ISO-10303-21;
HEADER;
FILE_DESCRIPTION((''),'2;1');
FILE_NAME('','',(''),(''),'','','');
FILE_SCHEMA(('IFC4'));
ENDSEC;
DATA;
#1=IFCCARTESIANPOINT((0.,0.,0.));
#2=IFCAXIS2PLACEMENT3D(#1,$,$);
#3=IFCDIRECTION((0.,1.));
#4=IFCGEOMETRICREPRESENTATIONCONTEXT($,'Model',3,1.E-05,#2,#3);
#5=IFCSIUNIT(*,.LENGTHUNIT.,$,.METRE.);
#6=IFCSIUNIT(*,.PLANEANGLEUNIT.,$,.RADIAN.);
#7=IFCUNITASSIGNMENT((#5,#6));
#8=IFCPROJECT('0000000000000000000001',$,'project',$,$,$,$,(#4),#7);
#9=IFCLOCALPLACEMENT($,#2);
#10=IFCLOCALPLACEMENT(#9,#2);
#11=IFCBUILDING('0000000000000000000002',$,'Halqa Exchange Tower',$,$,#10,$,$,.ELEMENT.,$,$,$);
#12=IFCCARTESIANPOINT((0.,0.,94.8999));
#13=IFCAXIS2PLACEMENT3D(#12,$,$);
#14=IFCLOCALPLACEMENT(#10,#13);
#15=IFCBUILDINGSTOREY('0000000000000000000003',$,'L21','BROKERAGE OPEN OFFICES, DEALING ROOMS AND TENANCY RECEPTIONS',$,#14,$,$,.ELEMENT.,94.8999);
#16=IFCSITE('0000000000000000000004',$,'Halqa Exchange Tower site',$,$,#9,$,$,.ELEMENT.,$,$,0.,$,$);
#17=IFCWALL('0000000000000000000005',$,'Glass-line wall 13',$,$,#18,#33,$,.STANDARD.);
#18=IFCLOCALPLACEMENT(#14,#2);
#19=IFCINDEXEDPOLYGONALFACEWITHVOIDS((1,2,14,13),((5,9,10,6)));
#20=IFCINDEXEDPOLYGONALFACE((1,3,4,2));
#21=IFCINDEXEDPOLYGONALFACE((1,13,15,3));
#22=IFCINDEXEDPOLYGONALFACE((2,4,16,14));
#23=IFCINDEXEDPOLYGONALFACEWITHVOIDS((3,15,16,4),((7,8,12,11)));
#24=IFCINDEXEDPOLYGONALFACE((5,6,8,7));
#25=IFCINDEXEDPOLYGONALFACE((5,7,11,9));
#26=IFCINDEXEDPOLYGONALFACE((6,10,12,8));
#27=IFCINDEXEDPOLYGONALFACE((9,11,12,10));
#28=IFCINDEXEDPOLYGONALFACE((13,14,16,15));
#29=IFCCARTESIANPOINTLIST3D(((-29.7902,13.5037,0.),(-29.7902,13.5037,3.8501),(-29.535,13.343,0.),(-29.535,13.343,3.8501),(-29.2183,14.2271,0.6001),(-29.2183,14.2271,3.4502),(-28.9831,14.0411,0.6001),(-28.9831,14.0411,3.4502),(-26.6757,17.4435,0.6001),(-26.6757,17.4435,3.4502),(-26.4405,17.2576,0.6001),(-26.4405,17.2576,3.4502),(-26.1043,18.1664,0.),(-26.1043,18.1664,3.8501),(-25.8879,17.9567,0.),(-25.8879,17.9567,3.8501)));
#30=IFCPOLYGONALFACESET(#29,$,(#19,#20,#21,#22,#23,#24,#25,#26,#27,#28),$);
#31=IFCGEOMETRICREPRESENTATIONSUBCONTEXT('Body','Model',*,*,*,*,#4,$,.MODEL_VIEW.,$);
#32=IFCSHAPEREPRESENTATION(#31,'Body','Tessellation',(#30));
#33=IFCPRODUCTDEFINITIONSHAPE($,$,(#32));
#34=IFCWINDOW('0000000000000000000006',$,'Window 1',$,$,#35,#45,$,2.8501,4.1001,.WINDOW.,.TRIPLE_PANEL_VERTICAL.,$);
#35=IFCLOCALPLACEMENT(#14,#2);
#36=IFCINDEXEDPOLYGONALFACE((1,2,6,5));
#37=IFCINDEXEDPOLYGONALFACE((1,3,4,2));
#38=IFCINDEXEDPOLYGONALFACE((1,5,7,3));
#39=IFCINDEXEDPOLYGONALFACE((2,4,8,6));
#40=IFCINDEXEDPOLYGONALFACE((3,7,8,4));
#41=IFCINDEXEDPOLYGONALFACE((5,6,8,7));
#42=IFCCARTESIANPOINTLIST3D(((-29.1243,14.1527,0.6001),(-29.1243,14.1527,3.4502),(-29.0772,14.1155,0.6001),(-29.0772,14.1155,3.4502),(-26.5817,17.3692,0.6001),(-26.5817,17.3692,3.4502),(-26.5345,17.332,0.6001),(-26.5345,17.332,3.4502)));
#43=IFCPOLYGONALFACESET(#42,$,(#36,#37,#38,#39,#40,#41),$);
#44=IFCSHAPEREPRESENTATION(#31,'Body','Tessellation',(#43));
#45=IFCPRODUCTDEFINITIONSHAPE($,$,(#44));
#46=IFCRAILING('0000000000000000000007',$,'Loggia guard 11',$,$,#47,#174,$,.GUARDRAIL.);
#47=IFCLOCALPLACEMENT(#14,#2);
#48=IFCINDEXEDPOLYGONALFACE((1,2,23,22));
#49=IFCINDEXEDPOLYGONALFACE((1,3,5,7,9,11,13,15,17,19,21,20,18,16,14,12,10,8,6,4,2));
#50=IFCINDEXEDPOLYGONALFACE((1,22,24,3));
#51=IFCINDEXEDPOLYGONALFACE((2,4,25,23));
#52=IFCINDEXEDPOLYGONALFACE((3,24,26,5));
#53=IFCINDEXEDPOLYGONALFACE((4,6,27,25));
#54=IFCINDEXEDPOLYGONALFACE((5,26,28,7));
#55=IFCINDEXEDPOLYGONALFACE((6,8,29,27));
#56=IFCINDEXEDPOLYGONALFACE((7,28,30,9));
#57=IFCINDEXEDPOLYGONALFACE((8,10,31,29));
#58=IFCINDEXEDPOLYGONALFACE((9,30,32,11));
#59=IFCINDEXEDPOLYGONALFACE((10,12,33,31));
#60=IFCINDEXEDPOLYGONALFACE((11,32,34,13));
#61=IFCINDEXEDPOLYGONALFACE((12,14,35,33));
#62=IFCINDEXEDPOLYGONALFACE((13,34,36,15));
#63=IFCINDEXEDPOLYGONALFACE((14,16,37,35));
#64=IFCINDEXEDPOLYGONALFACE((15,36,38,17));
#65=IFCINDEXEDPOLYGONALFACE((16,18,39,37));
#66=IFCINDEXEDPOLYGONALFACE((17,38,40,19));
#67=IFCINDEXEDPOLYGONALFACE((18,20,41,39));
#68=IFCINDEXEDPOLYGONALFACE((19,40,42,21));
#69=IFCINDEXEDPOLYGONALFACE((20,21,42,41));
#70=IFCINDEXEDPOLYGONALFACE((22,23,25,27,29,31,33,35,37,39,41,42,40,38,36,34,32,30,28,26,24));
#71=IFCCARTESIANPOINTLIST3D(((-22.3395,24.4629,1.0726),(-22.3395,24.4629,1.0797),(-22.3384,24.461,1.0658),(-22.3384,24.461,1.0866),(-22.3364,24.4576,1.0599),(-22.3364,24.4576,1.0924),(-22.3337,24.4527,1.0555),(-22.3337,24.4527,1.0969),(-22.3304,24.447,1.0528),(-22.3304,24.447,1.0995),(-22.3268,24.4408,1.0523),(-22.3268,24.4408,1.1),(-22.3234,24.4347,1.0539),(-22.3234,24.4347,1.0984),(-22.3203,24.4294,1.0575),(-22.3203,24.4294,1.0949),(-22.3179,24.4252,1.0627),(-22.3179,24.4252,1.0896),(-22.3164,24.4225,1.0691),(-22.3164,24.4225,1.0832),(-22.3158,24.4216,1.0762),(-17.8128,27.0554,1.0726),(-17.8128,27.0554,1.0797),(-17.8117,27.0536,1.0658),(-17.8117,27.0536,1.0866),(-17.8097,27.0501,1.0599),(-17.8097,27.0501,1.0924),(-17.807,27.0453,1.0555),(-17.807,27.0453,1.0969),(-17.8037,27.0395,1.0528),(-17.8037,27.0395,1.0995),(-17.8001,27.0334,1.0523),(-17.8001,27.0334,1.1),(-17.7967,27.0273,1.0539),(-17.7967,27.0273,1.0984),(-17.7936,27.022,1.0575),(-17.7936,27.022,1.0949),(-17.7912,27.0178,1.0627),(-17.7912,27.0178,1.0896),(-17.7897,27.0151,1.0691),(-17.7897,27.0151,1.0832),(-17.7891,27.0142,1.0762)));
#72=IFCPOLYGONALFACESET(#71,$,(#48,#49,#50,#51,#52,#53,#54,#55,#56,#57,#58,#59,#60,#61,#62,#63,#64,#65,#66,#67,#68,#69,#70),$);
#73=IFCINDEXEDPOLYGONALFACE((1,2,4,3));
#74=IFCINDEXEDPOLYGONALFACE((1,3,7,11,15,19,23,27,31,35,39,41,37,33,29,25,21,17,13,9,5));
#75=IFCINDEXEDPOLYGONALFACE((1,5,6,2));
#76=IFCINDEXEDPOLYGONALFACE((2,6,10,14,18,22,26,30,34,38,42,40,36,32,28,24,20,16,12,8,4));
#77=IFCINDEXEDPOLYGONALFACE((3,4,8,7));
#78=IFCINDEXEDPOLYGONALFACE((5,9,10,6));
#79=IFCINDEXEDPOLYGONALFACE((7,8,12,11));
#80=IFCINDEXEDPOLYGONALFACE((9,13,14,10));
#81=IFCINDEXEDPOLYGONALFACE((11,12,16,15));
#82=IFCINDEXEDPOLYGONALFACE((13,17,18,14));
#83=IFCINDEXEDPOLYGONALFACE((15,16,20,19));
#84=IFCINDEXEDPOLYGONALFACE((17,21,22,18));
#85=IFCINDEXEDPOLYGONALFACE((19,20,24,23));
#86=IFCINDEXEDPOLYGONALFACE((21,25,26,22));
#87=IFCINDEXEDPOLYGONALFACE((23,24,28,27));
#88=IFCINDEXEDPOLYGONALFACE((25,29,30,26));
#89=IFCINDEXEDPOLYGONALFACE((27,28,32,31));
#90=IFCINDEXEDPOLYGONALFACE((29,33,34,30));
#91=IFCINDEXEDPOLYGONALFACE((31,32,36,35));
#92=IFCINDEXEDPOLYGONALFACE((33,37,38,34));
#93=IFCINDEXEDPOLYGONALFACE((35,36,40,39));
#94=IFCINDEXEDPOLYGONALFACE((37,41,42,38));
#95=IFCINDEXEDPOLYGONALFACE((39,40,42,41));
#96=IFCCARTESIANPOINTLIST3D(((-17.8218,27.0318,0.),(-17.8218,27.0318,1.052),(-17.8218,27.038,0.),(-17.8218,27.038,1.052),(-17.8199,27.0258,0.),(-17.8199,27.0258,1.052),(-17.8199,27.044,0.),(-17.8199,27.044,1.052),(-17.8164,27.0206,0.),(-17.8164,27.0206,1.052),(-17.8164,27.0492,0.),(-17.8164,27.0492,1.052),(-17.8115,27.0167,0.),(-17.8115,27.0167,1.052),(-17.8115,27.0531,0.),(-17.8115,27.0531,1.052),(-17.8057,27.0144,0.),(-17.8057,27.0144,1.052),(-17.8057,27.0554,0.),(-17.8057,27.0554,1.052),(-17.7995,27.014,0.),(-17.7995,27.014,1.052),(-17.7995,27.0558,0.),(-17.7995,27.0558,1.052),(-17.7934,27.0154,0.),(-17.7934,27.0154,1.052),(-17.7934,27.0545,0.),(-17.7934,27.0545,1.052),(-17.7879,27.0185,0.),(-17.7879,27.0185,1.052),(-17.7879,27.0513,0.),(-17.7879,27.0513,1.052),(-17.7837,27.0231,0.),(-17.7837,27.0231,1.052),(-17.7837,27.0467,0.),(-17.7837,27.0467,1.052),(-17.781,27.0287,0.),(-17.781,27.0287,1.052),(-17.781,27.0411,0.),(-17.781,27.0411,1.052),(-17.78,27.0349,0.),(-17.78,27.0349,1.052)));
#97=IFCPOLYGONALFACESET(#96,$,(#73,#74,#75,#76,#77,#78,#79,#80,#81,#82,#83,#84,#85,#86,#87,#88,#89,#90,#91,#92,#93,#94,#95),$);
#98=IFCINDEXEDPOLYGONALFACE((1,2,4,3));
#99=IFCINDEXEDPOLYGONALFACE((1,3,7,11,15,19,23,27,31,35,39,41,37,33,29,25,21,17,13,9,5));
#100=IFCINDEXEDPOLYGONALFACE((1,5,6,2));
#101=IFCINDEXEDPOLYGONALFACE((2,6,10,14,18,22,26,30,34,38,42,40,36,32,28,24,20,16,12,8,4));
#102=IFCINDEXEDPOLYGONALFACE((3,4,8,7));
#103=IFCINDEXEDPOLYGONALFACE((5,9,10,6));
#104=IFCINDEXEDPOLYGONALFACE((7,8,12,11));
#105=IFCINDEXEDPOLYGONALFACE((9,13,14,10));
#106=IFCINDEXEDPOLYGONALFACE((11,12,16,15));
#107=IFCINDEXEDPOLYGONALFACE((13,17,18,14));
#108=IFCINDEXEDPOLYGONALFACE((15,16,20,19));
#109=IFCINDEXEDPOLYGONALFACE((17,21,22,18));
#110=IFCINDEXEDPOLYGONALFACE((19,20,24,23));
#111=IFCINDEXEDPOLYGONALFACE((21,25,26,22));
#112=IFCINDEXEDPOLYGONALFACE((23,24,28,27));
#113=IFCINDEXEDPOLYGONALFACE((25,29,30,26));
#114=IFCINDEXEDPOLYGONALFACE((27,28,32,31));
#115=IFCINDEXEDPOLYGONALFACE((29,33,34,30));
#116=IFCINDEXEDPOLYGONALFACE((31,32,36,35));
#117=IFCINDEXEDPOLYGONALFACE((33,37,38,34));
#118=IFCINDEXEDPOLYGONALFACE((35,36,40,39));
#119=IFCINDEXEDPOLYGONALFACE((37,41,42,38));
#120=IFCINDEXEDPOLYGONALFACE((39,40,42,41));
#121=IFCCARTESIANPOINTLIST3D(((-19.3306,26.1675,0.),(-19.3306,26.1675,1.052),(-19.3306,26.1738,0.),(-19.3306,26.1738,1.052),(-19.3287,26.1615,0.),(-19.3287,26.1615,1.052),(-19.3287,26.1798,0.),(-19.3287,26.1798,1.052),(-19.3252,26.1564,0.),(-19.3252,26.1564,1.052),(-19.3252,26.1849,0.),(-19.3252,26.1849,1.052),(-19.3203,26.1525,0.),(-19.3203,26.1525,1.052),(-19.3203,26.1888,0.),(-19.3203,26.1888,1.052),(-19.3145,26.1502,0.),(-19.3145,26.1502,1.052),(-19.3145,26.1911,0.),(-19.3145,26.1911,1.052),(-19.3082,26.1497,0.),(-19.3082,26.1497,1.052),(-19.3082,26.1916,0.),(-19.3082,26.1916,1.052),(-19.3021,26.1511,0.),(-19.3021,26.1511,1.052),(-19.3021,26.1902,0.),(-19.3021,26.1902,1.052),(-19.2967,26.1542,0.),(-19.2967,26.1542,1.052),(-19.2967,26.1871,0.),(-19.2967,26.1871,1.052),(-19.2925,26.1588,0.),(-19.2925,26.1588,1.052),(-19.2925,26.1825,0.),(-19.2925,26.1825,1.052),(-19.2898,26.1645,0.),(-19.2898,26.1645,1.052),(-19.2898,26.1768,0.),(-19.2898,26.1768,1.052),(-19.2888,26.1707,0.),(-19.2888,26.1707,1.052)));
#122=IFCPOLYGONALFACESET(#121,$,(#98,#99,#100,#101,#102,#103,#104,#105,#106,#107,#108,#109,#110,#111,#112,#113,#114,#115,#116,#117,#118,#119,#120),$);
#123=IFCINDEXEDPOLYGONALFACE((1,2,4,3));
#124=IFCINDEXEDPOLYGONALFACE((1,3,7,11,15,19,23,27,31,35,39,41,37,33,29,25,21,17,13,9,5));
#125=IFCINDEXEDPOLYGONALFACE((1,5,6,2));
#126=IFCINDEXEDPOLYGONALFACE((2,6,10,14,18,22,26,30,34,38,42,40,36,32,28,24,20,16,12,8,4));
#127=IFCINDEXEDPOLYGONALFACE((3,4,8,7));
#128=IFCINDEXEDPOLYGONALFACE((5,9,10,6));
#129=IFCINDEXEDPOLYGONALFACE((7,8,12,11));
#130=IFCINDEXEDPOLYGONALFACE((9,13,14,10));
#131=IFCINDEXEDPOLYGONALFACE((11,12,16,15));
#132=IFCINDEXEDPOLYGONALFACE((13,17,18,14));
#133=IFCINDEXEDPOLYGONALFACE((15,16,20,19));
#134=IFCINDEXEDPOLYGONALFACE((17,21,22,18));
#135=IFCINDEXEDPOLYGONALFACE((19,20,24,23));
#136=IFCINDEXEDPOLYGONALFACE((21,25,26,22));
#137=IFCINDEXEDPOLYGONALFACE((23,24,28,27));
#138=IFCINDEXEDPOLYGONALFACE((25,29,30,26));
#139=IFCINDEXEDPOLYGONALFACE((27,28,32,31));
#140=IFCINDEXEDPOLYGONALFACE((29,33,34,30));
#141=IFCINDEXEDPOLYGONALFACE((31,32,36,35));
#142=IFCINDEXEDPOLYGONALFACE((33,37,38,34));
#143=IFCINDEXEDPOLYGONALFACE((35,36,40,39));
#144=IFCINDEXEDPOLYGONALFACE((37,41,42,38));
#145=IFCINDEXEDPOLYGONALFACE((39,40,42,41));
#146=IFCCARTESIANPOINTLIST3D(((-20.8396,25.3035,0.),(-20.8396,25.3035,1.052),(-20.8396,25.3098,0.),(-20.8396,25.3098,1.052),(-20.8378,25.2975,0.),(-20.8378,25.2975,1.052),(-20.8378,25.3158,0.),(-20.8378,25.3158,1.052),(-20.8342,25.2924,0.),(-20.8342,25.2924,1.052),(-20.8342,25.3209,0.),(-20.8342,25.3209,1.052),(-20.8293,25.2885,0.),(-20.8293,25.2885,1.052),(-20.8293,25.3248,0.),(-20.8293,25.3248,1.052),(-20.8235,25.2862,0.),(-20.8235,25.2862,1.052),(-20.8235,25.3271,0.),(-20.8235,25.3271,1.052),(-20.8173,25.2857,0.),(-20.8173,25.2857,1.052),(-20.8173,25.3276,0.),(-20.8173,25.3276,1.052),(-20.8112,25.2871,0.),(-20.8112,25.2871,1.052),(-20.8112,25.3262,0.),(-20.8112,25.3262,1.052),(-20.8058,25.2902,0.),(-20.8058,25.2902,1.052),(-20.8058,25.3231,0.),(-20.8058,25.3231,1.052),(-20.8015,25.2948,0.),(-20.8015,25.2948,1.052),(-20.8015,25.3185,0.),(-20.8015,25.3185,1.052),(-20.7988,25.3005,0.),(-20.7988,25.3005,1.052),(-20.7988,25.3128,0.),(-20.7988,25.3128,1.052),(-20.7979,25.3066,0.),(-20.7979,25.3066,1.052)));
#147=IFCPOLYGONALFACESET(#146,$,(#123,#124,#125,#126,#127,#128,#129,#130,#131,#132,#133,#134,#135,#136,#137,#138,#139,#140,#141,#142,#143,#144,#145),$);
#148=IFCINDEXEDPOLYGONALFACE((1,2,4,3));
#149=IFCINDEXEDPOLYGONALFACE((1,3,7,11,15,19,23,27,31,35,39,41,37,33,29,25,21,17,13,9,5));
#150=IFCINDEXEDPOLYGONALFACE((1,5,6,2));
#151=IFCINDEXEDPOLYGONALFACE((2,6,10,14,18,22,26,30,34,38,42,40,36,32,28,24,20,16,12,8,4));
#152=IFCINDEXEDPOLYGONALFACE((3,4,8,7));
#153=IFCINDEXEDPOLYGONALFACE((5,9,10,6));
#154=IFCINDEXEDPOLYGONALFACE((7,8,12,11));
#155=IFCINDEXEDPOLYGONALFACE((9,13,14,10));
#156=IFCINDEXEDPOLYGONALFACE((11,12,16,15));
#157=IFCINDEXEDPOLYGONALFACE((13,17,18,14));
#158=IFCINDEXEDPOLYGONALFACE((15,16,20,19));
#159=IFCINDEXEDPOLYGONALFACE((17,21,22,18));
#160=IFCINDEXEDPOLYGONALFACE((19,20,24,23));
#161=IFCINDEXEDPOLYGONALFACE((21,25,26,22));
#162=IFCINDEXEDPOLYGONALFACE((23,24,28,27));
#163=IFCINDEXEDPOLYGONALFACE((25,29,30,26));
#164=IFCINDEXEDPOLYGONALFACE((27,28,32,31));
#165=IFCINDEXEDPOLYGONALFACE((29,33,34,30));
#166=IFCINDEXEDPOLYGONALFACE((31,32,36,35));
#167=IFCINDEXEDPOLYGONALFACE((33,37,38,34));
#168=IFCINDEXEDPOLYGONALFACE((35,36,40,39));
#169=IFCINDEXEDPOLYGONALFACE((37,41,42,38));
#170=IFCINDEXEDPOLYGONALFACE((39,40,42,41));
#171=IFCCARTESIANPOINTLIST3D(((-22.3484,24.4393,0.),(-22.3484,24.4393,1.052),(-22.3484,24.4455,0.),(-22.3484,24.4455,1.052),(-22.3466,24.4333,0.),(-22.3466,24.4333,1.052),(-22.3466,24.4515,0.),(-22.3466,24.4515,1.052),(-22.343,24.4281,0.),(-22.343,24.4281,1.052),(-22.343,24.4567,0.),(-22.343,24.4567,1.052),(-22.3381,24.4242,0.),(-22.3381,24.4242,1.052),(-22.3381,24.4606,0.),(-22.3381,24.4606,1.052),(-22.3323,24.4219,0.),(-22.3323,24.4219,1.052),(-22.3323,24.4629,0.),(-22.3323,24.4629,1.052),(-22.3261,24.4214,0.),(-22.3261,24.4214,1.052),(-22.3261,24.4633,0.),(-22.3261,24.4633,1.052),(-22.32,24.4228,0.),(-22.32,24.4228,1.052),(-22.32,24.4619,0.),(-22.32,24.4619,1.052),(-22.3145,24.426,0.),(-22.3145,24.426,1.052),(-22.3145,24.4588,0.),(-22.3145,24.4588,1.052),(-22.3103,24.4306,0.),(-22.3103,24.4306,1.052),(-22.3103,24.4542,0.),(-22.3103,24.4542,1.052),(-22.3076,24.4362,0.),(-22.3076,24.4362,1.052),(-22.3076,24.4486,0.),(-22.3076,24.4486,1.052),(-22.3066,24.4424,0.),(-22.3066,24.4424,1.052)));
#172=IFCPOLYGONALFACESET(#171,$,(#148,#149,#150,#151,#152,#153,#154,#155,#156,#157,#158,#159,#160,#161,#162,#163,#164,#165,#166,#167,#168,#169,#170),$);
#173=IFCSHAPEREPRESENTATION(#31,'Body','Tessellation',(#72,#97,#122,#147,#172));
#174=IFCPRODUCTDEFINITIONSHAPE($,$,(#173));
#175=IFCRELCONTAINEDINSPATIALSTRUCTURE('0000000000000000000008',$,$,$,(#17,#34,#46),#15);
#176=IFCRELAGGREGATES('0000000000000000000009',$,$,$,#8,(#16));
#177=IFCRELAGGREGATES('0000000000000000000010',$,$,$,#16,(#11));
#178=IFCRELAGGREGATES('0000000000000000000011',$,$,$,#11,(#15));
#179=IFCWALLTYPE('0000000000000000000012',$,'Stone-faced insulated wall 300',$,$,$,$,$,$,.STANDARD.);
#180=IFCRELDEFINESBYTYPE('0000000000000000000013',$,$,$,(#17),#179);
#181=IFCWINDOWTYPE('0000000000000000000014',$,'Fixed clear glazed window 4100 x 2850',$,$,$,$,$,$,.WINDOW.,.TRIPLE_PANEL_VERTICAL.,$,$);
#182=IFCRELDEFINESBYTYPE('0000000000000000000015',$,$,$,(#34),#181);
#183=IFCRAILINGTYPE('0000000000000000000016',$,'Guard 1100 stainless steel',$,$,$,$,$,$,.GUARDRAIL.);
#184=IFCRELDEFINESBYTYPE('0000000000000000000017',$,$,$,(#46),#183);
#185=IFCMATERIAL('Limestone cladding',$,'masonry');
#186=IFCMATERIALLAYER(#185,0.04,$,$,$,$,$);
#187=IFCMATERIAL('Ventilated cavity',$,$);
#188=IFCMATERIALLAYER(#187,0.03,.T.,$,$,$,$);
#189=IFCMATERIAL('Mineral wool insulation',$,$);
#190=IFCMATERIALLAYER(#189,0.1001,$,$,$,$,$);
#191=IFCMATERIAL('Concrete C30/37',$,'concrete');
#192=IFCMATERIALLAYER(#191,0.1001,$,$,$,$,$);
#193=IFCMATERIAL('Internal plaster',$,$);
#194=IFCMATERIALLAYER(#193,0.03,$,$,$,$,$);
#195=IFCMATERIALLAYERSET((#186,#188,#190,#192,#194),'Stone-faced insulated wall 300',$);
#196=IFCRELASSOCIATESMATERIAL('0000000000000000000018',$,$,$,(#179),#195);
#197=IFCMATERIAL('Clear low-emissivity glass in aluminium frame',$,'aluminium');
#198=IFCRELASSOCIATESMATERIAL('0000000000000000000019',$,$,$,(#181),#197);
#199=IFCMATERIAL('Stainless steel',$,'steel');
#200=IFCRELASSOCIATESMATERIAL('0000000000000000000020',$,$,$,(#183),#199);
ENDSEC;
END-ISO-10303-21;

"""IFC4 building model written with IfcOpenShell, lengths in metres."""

from ifc_helpers import new_model, si_unit, direction, frame, frame_2d, origin, origin_2d, place, context, subcontext, project, spatial, polyline, rectangle, circle, outline, extrude, material, layer, layer_set, type_object, element, fill, save


model = new_model("IFC4")

# Units and contexts
model_context = context("Model", 3, precision=1e-05, world=origin(), true_north=direction((0.0, 1.0)))
body_context = subcontext(model_context, "Body", "Model", "MODEL_VIEW")
ifc_project = project(units=[si_unit("LENGTHUNIT", "METRE"), si_unit("PLANEANGLEUNIT", "RADIAN")], contexts=[model_context])

# Site, building, storey
site_placement = place(None, origin())
site = spatial("IfcSite", under=ifc_project, at=site_placement, Name="Halqa Exchange Tower site", CompositionType="ELEMENT", RefElevation=0.0)
building_placement = place(site_placement, origin())
building = spatial("IfcBuilding", under=site, at=building_placement, Name="Halqa Exchange Tower", CompositionType="ELEMENT")
storey_placement = place(building_placement, frame((0.0, 0.0, 94.8999)))
storey = spatial("IfcBuildingStorey", under=building, at=storey_placement, Name="L21", Description="BROKERAGE OPEN OFFICES, DEALING ROOMS AND TENANCY RECEPTIONS", CompositionType="ELEMENT", Elevation=94.8999)

# Shared definitions
ifc_material_1 = material(Name="Limestone cladding", Category="masonry")
ifc_layer_1 = layer(ifc_material_1, 0.04)
ifc_material_2 = material(Name="Ventilated cavity")
ifc_layer_2 = layer(ifc_material_2, 0.03, ventilated=True)
ifc_material_3 = material(Name="Mineral wool insulation")
ifc_layer_3 = layer(ifc_material_3, 0.1001)
ifc_material_4 = material(Name="Concrete C30/37", Category="concrete")
ifc_layer_4 = layer(ifc_material_4, 0.1001)
ifc_material_5 = material(Name="Internal plaster")
ifc_layer_5 = layer(ifc_material_5, 0.03)
ifc_layer_set_1 = layer_set([ifc_layer_1, ifc_layer_2, ifc_layer_3, ifc_layer_4, ifc_layer_5], Name="Stone-faced insulated wall 300")
wall_type_1 = type_object("IfcWallType", Name="Stone-faced insulated wall 300", PredefinedType="STANDARD", material=ifc_layer_set_1)
ifc_material_6 = material(Name="Clear low-emissivity glass in aluminium frame", Category="aluminium")
window_type = type_object("IfcWindowType", Name="Fixed clear glazed window 4100 x 2850", PartitioningType="TRIPLE_PANEL_VERTICAL", PredefinedType="WINDOW", material=ifc_material_6)

# Wall, opening, window
wall_1_placement = place(storey_placement, frame((-25.9961, 18.0615, 0.0), z_axis=(0.0, 0.0, 1.0), x_axis=(-0.620142, -0.784489, 0.0)))
wall_1 = element("IfcWall", 1, at=wall_1_placement, inside=storey, type_object=wall_type_1, Name="Glass-line wall 13", PredefinedType="STANDARD", context=body_context, shape_type="SweptSolid", body=[
    extrude(outline(polyline([(-0.0151, -0.1499), (5.9285, -0.1499), (5.8962, 0.1499), (0.0151, 0.1499), (-0.0151, -0.1499)])), origin(), (0.0, 0.0, 1.0), 3.8501),
])
opening_1_placement = place(wall_1_placement, frame((0.9062, 0.0, 0.6001)))
opening_1 = element("IfcOpeningElement", 2, at=opening_1_placement, cuts=wall_1, PredefinedType="OPENING", context=body_context, shape_type="SweptSolid", body=[
    extrude(rectangle(XDim=4.1001, YDim=2.8501, at=frame_2d((2.05, 1.425))), frame((0.0, 0.1621, 0.0), z_axis=(0.0, -1.0, 0.0), x_axis=(1.0, 0.0, 0.0)), (0.0, 0.0, 1.0), 0.324),
])
window_1_placement = place(opening_1_placement, origin())
window_1 = element("IfcWindow", 3, at=window_1_placement, inside=storey, type_object=window_type, Name="Window 1", OverallHeight=2.8501, OverallWidth=4.1001, PartitioningType="TRIPLE_PANEL_VERTICAL", PredefinedType="WINDOW", context=body_context, shape_type="SweptSolid", body=[
    extrude(rectangle(XDim=4.1001, YDim=2.8501, at=frame_2d((2.05, 1.425))), frame((0.0, 0.03, 0.0), z_axis=(0.0, -1.0, 0.0), x_axis=(1.0, 0.0, 0.0)), (0.0, 0.0, 1.0), 0.0601),
])
fill(opening_1, window_1)

# Railing
ifc_material_7 = material(Name="Stainless steel", Category="steel")
railing_type = type_object("IfcRailingType", Name="Guard 1100 stainless steel", PredefinedType="GUARDRAIL", material=ifc_material_7)
railing_1_placement = place(storey_placement, frame((-17.801, 27.0349, 0.0)))
element("IfcRailing", 4, at=railing_1_placement, inside=storey, type_object=railing_type, Name="Loggia guard 11", PredefinedType="GUARDRAIL", context=body_context, shape_type="SweptSolid", body=[
    extrude(circle(Radius=0.0239, at=origin_2d()), frame((0.0, 0.0, 1.0762), z_axis=(-0.867756, -0.49699, 0.0), x_axis=(0.49699, -0.867756, 0.0)), (0.0, 0.0, 1.0), 5.2166),
    extrude(circle(Radius=0.021, at=origin_2d()), origin(), (0.0, 0.0, 1.0), 1.052),
    extrude(circle(Radius=0.021, at=origin_2d()), frame((-1.5088, -0.8643, 0.0)), (0.0, 0.0, 1.0), 1.052),
    extrude(circle(Radius=0.021, at=origin_2d()), frame((-3.0178, -1.7283, 0.0)), (0.0, 0.0, 1.0), 1.052),
    extrude(circle(Radius=0.021, at=origin_2d()), frame((-4.5266, -2.5925, 0.0)), (0.0, 0.0, 1.0), 1.052),
])

save(model, "model.ifc")
